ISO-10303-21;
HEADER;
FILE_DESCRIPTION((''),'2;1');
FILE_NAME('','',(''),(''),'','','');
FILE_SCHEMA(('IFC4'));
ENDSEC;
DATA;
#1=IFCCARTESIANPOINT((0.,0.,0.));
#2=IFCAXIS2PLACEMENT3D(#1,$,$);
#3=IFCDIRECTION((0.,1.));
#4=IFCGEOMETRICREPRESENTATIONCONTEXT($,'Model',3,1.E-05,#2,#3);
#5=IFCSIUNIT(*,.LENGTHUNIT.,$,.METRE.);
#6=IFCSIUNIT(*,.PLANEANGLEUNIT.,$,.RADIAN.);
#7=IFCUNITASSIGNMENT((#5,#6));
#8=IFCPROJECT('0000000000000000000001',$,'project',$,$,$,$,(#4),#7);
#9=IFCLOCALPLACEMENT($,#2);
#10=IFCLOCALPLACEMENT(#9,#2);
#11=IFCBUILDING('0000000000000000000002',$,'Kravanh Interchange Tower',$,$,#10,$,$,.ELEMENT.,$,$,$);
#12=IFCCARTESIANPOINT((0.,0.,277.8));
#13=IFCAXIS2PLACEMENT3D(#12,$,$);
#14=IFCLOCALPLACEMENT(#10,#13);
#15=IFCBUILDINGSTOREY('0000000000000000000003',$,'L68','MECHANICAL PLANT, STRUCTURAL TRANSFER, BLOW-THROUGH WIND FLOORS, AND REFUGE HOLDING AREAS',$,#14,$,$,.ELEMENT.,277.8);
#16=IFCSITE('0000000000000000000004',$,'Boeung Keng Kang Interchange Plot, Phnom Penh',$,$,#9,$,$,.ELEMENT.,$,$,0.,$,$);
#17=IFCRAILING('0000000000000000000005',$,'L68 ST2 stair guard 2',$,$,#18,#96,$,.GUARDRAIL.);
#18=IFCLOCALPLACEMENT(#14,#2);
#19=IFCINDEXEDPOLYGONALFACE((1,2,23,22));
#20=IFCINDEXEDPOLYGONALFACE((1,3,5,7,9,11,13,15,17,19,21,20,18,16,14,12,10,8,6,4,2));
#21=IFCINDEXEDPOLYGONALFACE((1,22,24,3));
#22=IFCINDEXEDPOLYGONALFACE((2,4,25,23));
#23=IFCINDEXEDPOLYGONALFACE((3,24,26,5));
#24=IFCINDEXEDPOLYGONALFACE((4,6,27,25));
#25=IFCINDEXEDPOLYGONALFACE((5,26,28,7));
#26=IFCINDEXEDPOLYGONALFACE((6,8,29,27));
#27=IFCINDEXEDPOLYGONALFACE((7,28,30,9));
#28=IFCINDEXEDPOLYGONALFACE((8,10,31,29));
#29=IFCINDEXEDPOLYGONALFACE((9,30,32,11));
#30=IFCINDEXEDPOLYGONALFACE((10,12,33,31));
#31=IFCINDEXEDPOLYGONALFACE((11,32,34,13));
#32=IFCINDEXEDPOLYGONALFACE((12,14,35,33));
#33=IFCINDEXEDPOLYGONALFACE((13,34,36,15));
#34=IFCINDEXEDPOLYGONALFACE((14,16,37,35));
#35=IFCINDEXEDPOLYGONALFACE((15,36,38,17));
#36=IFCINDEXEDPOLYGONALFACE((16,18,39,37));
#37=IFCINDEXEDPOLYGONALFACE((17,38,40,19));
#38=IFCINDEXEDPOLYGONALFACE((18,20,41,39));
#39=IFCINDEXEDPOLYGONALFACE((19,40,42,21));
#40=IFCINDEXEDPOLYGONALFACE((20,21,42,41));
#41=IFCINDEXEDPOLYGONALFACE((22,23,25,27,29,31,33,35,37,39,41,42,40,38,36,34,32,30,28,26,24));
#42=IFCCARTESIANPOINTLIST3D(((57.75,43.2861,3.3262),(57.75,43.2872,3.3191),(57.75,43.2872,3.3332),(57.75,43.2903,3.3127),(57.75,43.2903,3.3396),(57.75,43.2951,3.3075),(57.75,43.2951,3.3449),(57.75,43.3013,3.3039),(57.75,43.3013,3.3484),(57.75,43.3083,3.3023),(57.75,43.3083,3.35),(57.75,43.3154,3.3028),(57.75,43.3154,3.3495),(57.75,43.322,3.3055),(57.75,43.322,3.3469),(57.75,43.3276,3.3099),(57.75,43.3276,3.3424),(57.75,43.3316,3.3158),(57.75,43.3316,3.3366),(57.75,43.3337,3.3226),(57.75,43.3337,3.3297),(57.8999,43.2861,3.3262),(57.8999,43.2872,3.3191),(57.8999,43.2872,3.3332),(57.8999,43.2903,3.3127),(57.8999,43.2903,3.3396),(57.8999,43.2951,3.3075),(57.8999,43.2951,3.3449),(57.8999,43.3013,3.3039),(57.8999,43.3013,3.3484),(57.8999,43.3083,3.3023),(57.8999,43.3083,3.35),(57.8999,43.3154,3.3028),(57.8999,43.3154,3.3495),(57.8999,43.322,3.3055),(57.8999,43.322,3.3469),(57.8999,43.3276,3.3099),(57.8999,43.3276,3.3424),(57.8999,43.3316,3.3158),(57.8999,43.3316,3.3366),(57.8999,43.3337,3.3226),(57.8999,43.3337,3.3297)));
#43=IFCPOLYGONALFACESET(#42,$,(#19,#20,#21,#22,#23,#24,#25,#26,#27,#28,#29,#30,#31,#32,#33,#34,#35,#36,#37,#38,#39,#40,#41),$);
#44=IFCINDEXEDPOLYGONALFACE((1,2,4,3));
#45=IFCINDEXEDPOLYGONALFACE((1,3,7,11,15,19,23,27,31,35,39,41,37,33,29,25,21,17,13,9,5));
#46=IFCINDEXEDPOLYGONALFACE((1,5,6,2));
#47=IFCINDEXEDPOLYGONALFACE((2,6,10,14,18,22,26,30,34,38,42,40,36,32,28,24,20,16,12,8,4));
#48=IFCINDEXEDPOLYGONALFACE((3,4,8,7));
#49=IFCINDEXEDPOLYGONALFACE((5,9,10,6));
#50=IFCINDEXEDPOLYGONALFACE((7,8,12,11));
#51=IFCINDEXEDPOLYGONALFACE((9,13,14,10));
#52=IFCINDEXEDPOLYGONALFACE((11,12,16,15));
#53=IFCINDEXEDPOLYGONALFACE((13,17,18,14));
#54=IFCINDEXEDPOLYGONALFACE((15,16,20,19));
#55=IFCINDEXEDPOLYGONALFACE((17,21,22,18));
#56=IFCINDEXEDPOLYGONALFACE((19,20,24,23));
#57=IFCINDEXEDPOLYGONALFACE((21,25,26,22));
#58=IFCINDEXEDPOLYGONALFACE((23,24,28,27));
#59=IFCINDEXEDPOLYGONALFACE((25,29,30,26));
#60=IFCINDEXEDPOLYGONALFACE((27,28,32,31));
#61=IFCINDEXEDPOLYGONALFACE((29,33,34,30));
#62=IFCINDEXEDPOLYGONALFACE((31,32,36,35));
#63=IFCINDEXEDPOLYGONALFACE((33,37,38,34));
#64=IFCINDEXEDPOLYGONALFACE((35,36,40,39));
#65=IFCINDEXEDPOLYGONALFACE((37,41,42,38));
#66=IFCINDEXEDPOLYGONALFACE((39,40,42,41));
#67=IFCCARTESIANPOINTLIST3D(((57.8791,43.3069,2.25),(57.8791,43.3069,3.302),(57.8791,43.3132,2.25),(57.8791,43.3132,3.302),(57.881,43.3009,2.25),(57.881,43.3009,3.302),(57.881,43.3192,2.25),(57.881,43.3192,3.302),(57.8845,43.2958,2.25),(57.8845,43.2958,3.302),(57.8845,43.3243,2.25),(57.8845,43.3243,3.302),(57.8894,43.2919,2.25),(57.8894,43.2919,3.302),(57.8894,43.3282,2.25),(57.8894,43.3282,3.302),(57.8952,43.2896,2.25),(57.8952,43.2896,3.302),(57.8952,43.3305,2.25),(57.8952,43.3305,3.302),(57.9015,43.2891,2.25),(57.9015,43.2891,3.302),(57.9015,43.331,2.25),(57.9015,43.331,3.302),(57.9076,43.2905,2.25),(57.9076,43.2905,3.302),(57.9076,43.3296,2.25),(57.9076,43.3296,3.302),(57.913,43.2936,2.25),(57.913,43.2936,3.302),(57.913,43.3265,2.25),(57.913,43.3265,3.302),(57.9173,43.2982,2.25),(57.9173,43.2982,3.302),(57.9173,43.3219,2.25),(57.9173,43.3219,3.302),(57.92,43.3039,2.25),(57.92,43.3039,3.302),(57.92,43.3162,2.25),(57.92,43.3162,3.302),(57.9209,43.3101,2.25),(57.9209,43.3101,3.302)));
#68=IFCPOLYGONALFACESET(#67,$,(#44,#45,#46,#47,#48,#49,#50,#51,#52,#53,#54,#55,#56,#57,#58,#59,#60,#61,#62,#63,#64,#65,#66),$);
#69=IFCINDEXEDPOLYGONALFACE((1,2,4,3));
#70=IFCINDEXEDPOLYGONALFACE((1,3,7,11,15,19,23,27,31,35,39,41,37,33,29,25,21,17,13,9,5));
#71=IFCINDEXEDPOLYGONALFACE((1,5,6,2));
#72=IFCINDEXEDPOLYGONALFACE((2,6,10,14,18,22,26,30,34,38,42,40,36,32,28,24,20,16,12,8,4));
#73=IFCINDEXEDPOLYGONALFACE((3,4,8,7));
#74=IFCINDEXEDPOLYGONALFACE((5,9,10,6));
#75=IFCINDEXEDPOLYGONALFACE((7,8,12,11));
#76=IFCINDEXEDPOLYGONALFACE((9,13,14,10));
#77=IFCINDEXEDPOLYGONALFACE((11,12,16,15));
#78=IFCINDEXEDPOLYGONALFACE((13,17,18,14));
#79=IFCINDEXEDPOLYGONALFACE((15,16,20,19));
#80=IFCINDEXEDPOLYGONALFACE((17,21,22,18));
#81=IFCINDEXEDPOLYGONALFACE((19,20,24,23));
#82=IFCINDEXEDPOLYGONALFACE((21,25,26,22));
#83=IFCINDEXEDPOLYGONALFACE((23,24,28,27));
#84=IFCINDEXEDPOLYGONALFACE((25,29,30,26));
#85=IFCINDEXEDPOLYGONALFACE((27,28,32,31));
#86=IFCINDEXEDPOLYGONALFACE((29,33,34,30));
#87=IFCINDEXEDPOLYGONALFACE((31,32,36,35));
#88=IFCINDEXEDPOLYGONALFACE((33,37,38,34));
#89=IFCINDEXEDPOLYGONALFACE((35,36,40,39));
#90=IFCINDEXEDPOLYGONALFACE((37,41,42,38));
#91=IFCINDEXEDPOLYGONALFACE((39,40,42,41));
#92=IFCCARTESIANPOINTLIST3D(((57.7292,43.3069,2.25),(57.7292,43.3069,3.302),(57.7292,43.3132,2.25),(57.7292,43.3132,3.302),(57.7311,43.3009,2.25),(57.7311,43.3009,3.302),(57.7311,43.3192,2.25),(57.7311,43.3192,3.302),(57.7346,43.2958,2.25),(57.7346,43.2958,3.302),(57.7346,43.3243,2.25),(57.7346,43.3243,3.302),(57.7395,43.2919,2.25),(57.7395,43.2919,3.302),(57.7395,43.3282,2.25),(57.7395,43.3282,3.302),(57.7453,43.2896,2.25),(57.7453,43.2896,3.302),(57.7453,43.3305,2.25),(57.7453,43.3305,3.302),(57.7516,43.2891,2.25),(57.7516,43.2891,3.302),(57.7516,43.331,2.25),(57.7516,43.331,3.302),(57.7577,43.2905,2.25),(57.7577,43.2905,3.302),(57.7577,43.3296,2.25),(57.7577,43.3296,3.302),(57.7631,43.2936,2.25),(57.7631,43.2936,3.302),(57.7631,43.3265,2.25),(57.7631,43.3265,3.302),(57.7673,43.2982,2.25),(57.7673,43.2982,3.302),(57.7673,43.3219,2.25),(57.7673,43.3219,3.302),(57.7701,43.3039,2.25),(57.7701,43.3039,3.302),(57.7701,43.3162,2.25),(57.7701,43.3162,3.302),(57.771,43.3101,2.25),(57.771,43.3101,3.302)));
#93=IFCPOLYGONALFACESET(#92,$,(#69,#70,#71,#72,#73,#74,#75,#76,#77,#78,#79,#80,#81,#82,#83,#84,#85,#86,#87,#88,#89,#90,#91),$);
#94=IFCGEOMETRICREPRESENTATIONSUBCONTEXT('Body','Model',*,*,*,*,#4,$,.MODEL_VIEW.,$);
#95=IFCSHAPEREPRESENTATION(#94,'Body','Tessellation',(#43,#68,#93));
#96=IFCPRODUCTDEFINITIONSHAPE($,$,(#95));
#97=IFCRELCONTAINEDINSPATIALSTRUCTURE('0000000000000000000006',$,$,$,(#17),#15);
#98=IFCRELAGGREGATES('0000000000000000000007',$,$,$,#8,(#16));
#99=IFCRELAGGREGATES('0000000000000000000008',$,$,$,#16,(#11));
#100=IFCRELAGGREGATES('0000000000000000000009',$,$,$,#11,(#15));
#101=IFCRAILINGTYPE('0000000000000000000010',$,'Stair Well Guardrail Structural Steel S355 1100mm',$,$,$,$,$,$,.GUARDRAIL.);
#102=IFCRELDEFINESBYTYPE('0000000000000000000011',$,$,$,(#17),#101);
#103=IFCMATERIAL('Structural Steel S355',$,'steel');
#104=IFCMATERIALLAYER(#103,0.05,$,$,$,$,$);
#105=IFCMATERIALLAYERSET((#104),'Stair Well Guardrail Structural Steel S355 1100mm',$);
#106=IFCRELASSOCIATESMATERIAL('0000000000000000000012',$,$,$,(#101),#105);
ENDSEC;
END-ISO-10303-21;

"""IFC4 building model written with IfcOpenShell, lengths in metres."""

from ifc_helpers import new_model, si_unit, direction, frame, origin, origin_2d, place, context, subcontext, project, spatial, circle, extrude, material, layer, layer_set, type_object, element, save


model = new_model("IFC4")

# Units and contexts
model_context = context("Model", 3, precision=1e-05, world=origin(), true_north=direction((0.0, 1.0)))
body_context = subcontext(model_context, "Body", "Model", "MODEL_VIEW")
ifc_project = project(units=[si_unit("LENGTHUNIT", "METRE"), si_unit("PLANEANGLEUNIT", "RADIAN")], contexts=[model_context])

# Site, building, storey
site_placement = place(None, origin())
site = spatial("IfcSite", under=ifc_project, at=site_placement, Name="Boeung Keng Kang Interchange Plot, Phnom Penh", CompositionType="ELEMENT", RefElevation=0.0)
building_placement = place(site_placement, origin())
building = spatial("IfcBuilding", under=site, at=building_placement, Name="Kravanh Interchange Tower", CompositionType="ELEMENT")
storey_placement = place(building_placement, frame((0.0, 0.0, 277.8)))
storey = spatial("IfcBuildingStorey", under=building, at=storey_placement, Name="L68", Description="MECHANICAL PLANT, STRUCTURAL TRANSFER, BLOW-THROUGH WIND FLOORS, AND REFUGE HOLDING AREAS", CompositionType="ELEMENT", Elevation=277.8)

# Railing
ifc_material_1 = material(Name="Structural Steel S355", Category="steel")
ifc_layer_1 = layer(ifc_material_1, 0.05)
ifc_layer_set_1 = layer_set([ifc_layer_1], Name="Stair Well Guardrail Structural Steel S355 1100mm")
railing_type_1 = type_object("IfcRailingType", Name="Stair Well Guardrail Structural Steel S355 1100mm", PredefinedType="GUARDRAIL", material=ifc_layer_set_1)
railing_1_placement = place(storey_placement, frame((57.8999, 43.3101, 2.25)))
element("IfcRailing", 1, at=railing_1_placement, inside=storey, type_object=railing_type_1, Name="L68 ST2 stair guard 2", PredefinedType="GUARDRAIL", context=body_context, shape_type="SweptSolid", body=[
    extrude(circle(Radius=0.0239, at=origin_2d()), frame((0.0, 0.0, 1.0762), z_axis=(-1.0, 0.0, 0.0), x_axis=(0.0, -1.0, 0.0)), (0.0, 0.0, 1.0), 0.1499),
    extrude(circle(Radius=0.021, at=origin_2d()), origin(), (0.0, 0.0, 1.0), 1.052),
    extrude(circle(Radius=0.021, at=origin_2d()), frame((-0.1499, 0.0, 0.0)), (0.0, 0.0, 1.0), 1.052),
])

save(model, "model.ifc")
